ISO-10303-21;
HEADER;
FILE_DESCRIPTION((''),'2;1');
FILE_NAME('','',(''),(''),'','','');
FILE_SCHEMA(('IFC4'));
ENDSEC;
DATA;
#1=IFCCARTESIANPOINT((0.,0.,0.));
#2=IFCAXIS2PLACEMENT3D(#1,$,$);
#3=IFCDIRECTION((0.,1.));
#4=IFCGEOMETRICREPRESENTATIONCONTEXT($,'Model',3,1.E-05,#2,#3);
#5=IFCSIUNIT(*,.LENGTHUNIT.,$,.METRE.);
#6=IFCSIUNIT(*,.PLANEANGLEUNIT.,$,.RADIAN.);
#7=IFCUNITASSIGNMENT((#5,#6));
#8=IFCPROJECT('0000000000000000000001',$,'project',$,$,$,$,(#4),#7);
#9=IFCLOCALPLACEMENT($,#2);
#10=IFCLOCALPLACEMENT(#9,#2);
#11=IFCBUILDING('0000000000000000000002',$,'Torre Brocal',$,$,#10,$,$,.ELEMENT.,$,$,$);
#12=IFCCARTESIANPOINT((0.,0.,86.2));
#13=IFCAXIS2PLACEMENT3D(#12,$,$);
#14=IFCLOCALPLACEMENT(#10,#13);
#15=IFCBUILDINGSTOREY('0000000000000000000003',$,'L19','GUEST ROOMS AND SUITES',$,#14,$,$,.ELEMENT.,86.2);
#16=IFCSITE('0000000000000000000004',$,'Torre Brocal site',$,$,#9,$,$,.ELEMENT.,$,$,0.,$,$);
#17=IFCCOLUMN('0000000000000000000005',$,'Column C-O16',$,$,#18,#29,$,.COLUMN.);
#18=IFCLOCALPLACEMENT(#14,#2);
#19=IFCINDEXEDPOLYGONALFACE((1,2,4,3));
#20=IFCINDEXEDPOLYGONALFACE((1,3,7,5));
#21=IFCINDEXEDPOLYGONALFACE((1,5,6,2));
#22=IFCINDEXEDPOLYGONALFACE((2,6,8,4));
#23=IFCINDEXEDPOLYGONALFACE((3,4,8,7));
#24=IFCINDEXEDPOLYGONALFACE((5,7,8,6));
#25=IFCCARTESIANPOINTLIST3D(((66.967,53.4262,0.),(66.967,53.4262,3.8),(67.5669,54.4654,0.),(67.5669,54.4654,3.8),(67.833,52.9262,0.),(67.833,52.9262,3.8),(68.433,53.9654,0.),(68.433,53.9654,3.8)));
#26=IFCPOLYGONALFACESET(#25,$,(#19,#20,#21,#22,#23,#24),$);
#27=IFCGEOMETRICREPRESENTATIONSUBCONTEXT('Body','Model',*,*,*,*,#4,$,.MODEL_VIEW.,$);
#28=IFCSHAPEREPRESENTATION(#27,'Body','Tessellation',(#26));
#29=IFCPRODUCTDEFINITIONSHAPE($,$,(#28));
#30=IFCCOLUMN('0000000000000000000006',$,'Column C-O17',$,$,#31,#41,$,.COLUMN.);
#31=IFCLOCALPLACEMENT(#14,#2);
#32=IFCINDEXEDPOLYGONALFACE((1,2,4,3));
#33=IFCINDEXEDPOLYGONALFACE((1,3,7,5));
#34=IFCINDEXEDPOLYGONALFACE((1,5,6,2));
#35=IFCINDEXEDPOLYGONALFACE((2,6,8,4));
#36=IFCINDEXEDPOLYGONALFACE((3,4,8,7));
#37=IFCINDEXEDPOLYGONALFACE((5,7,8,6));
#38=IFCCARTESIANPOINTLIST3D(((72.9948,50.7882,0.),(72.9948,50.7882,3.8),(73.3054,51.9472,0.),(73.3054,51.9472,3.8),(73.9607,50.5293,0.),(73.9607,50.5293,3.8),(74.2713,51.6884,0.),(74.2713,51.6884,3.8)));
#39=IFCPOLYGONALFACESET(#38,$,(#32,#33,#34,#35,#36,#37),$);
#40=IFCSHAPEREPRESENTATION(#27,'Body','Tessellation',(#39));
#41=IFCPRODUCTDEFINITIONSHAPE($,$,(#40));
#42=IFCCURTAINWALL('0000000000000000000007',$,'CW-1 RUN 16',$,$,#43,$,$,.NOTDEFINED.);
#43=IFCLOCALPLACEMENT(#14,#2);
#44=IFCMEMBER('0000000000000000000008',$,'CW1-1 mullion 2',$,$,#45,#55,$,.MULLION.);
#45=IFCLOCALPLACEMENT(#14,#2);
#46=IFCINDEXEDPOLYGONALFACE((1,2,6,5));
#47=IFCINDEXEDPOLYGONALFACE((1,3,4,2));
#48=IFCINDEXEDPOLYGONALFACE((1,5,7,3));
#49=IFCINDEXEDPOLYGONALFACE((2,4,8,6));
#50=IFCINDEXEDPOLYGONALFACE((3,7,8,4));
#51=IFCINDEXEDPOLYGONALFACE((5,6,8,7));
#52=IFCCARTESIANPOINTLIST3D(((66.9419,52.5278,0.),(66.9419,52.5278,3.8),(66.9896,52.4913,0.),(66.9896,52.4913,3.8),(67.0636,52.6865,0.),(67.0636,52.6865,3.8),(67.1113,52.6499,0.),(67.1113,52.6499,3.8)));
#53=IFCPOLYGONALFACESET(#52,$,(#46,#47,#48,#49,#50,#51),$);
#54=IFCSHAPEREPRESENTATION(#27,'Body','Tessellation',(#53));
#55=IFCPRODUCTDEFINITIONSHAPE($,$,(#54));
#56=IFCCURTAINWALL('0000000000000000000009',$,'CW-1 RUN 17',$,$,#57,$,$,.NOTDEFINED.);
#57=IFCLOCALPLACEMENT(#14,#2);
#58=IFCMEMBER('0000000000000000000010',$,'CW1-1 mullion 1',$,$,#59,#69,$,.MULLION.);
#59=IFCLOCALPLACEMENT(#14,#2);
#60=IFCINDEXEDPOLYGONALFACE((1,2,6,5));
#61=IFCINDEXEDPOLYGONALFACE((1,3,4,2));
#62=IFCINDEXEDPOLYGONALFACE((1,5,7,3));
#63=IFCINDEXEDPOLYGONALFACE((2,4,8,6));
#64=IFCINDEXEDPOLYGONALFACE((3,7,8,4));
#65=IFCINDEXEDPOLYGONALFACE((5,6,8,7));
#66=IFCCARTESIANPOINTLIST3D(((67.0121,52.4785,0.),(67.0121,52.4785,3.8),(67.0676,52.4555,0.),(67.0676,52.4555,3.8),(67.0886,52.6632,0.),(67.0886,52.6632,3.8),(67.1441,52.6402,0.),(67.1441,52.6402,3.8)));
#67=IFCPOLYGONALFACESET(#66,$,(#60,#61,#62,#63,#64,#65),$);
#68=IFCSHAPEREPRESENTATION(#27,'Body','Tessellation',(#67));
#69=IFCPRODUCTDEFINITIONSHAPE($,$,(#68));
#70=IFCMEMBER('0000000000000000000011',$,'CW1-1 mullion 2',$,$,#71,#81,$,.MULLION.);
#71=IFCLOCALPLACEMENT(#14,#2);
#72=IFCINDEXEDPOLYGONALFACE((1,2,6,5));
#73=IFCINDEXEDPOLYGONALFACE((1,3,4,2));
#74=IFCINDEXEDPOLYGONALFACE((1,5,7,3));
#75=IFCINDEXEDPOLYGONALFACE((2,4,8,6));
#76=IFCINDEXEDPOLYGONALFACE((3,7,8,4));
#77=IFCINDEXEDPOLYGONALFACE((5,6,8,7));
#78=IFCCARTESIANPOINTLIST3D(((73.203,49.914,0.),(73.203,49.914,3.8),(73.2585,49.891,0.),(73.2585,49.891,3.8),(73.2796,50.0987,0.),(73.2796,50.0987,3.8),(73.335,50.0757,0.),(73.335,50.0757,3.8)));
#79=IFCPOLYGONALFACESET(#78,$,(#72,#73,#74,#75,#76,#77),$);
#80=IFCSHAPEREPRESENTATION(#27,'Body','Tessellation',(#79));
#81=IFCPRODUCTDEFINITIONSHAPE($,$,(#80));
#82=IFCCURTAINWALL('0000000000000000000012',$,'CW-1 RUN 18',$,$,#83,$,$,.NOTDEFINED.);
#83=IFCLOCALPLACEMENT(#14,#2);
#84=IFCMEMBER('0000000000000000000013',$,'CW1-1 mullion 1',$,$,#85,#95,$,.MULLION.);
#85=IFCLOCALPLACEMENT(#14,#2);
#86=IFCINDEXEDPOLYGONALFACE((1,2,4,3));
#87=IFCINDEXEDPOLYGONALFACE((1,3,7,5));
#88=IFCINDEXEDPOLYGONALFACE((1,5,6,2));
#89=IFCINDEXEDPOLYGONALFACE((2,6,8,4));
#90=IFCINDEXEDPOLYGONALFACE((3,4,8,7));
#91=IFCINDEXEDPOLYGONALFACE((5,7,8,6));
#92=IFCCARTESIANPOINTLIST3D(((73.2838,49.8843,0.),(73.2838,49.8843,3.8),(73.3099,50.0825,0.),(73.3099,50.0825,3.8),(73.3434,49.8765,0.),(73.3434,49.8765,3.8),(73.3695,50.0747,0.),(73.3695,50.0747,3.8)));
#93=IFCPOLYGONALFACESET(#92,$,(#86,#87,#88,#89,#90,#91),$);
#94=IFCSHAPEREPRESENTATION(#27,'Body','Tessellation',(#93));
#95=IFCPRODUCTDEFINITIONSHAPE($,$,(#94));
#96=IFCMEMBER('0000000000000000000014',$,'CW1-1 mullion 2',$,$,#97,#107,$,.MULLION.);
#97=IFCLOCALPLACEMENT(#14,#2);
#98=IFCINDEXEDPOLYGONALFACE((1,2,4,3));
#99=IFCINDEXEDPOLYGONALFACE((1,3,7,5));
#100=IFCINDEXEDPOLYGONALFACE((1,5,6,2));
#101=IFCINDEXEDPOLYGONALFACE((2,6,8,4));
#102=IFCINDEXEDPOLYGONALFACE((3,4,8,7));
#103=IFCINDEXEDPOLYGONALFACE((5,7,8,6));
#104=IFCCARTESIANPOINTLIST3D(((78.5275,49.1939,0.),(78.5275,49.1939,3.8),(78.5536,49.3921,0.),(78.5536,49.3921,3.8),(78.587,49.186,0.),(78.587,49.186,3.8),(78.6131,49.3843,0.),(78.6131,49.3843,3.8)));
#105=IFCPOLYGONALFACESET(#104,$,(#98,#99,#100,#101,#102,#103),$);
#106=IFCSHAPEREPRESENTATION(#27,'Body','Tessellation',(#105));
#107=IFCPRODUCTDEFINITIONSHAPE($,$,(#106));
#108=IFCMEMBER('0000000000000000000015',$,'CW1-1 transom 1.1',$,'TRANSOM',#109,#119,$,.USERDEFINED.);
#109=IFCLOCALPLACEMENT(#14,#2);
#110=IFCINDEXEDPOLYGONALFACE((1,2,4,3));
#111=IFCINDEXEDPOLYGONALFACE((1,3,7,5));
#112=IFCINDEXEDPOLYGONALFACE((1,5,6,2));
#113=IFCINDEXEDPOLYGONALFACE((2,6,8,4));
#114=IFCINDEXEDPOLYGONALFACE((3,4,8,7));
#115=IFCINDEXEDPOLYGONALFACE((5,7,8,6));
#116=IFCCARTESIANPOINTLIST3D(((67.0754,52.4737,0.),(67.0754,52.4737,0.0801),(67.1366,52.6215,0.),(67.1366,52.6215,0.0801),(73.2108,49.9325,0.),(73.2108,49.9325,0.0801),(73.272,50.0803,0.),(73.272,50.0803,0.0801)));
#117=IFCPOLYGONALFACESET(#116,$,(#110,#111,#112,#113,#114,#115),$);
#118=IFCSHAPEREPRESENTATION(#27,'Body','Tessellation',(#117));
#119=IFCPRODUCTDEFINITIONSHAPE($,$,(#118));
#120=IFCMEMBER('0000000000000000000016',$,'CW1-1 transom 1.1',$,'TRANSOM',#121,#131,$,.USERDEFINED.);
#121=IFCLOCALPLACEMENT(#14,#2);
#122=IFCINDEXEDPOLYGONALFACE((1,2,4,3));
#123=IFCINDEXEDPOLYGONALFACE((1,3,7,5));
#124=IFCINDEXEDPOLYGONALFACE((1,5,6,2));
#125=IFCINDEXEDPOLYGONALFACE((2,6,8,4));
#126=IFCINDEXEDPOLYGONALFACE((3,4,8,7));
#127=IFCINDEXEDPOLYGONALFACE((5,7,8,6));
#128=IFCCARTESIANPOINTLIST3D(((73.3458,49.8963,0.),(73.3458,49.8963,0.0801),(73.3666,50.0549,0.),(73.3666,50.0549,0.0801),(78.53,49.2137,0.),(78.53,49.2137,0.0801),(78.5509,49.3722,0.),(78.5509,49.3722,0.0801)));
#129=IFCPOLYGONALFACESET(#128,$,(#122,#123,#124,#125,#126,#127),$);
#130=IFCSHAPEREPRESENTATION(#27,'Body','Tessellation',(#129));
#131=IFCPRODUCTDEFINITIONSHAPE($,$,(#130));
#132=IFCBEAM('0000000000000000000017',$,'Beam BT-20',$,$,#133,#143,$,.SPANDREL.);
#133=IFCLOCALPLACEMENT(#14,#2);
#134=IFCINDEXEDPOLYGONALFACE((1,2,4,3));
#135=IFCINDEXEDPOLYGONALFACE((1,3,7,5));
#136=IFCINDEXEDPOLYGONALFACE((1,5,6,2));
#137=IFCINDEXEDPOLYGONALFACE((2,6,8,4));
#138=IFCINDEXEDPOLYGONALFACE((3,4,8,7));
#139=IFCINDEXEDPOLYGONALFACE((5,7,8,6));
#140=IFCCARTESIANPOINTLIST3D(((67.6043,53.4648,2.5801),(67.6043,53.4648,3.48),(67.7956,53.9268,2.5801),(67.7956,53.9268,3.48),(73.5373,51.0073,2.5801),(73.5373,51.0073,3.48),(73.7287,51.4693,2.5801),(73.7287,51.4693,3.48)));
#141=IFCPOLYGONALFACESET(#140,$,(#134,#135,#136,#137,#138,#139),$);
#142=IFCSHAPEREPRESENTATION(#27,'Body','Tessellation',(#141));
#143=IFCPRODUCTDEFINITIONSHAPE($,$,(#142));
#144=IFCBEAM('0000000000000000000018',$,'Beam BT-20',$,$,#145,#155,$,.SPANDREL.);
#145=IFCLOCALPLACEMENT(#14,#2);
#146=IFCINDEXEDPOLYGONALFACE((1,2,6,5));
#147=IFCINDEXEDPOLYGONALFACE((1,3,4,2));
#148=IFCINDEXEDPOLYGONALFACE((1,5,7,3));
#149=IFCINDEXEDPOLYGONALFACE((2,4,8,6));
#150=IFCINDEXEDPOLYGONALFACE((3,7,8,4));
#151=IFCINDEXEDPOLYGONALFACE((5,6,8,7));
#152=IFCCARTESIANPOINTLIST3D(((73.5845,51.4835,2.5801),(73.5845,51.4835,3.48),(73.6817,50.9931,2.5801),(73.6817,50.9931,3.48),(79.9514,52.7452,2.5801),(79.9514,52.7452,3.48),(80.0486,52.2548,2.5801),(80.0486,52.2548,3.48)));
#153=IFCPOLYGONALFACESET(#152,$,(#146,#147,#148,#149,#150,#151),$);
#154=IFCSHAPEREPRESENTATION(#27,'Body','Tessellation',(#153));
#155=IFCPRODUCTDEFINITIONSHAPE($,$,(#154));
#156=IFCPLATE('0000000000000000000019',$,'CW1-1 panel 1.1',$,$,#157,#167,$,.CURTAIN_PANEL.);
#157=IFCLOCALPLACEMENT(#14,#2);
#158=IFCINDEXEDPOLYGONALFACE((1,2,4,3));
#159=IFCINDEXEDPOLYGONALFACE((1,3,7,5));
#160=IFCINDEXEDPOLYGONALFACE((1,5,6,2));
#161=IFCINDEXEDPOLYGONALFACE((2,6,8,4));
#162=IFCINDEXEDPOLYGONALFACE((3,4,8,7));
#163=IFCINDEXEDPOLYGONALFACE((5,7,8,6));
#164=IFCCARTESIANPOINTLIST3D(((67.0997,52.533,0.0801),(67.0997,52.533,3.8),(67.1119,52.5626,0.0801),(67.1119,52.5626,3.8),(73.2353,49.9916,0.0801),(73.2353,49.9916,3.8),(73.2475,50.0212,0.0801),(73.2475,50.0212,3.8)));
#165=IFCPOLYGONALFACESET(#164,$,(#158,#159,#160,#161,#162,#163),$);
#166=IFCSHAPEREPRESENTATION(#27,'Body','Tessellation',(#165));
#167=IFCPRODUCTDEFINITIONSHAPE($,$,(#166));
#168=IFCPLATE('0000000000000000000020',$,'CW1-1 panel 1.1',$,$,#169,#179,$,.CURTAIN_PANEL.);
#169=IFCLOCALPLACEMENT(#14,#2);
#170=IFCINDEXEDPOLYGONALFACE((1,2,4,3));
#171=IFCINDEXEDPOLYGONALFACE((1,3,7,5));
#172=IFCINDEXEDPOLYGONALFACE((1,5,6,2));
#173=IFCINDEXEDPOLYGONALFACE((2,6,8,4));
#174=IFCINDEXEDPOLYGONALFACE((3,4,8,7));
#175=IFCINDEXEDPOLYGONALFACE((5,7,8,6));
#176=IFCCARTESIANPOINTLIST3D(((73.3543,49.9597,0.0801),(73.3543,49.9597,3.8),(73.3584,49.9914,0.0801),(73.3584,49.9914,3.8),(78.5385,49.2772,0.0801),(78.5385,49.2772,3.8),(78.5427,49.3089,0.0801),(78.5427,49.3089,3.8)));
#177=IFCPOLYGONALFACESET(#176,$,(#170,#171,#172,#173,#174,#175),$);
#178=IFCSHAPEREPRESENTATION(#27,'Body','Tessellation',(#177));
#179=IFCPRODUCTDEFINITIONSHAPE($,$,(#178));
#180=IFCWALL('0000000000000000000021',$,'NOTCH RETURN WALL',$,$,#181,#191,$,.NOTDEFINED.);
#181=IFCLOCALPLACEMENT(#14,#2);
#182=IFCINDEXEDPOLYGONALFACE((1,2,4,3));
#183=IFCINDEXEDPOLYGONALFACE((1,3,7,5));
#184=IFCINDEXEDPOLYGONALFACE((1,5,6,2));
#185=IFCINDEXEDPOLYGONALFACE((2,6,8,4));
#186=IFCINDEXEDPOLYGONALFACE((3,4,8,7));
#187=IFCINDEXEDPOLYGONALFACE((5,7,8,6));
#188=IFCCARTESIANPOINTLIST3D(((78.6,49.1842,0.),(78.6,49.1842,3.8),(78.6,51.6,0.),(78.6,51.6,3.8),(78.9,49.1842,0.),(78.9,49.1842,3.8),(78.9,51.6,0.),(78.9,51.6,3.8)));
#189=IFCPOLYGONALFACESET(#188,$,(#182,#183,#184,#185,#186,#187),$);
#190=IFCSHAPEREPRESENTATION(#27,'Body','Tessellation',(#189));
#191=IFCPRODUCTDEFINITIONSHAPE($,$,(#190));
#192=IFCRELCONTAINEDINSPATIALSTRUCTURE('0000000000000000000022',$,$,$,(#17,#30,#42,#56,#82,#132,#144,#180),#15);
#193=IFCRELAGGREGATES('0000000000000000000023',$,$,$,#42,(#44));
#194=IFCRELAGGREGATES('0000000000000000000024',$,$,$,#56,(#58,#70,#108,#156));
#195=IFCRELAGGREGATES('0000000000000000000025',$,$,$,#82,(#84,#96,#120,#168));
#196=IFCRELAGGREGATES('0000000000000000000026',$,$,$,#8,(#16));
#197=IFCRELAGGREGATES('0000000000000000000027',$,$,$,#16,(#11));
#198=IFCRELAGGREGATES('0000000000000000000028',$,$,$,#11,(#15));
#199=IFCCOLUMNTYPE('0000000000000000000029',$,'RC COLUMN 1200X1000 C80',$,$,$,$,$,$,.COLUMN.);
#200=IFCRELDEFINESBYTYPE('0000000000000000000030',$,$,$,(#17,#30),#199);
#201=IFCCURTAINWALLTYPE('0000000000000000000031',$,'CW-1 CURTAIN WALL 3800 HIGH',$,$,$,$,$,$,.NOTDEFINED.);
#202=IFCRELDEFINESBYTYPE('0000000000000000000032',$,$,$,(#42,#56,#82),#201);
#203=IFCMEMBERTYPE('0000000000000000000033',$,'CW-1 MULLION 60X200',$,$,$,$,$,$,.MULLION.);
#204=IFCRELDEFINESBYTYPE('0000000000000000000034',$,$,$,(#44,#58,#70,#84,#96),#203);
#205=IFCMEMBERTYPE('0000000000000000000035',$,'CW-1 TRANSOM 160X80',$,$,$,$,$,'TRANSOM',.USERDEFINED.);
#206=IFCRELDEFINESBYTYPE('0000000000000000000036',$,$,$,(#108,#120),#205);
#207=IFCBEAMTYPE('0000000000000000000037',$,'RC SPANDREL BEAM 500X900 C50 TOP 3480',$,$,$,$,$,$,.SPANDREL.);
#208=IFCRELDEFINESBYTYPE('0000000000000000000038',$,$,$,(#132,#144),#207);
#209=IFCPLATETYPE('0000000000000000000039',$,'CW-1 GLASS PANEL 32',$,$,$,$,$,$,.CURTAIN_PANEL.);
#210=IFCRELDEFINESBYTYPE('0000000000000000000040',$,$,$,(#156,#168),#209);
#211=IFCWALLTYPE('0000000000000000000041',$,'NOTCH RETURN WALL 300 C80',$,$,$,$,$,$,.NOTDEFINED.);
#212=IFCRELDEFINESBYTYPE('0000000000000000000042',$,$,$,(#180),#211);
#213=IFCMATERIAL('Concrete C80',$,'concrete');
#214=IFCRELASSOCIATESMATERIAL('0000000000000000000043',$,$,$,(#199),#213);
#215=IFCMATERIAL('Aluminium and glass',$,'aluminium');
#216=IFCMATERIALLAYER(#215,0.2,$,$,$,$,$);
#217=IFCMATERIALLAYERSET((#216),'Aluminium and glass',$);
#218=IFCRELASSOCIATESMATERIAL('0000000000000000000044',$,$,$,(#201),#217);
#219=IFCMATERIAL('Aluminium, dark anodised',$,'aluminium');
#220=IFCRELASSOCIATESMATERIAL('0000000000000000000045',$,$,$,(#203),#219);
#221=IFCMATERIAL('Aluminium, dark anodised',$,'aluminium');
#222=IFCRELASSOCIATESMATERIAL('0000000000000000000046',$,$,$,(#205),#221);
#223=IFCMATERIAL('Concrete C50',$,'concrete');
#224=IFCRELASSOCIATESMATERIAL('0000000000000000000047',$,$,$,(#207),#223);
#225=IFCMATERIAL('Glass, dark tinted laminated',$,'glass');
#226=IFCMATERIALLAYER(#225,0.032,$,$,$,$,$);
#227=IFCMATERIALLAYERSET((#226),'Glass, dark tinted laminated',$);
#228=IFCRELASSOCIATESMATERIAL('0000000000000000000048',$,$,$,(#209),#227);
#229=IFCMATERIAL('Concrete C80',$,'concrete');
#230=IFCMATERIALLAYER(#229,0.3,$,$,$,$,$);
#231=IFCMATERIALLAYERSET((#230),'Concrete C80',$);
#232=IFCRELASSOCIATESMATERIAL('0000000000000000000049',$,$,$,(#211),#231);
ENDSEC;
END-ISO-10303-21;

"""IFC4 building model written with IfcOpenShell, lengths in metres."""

from ifc_helpers import new_model, si_unit, direction, frame, frame_2d, origin, origin_2d, place, context, subcontext, project, spatial, rectangle, extrude, material, layer, layer_set, material_profile, profile_set, type_object, element, aggregate, save


model = new_model("IFC4")

# Units and contexts
model_context = context("Model", 3, precision=1e-05, world=origin(), true_north=direction((0.0, 1.0)))
body_context = subcontext(model_context, "Body", "Model", "MODEL_VIEW")
ifc_project = project(units=[si_unit("LENGTHUNIT", "METRE"), si_unit("PLANEANGLEUNIT", "RADIAN")], contexts=[model_context])

# Site, building, storey
site_placement = place(None, origin())
site = spatial("IfcSite", under=ifc_project, at=site_placement, Name="Torre Brocal site", CompositionType="ELEMENT", RefElevation=0.0)
building_placement = place(site_placement, origin())
building = spatial("IfcBuilding", under=site, at=building_placement, Name="Torre Brocal", CompositionType="ELEMENT")
storey_placement = place(building_placement, frame((0.0, 0.0, 86.2)))
storey = spatial("IfcBuildingStorey", under=building, at=storey_placement, Name="L19", Description="GUEST ROOMS AND SUITES", CompositionType="ELEMENT", Elevation=86.2)

# Columns
ifc_material_1 = material(Name="Concrete C80", Category="concrete")
ifc_material_profile_1 = material_profile(ifc_material_1, rectangle(XDim=1.2, YDim=1.0, at=origin_2d()), Name="RC 1200X1000")
ifc_profile_set_1 = profile_set([ifc_material_profile_1], Name="Concrete C80")
column_type = type_object("IfcColumnType", Name="RC COLUMN 1200X1000 C80", PredefinedType="COLUMN", material=ifc_profile_set_1)
for number, where, z_axis, x_axis, name in (
    (1, (67.7, 53.6958, 0.0), (0.0, 0.0, 1.0), (-0.5, -0.866025, 0.0), "Column C-O16"),
    (2, (73.6331, 51.2383, 0.0), (0.0, 0.0, 1.0), (-0.258819, -0.965926, 0.0), "Column C-O17"),
):
    element("IfcColumn", number, at=place(storey_placement, frame(where, z_axis=z_axis, x_axis=x_axis)), inside=storey, type_object=column_type, Name=name, PredefinedType="COLUMN", context=body_context, shape_type="SweptSolid", body=[
        extrude(rectangle(XDim=1.2, YDim=1.0, at=origin_2d()), origin(), (0.0, 0.0, 1.0), 3.8),
    ])

# Curtain wall, member
ifc_material_2 = material(Name="Aluminium and glass", Category="aluminium")
ifc_layer_1 = layer(ifc_material_2, 0.2)
ifc_layer_set_1 = layer_set([ifc_layer_1], Name="Aluminium and glass")
curtain_wall_type = type_object("IfcCurtainWallType", Name="CW-1 CURTAIN WALL 3800 HIGH", PredefinedType="NOTDEFINED", material=ifc_layer_set_1)
curtain_wall_1_placement = place(storey_placement, origin())
curtain_wall_1 = element("IfcCurtainWall", 3, at=curtain_wall_1_placement, inside=storey, type_object=curtain_wall_type, Name="CW-1 RUN 16", PredefinedType="NOTDEFINED")
ifc_material_3 = material(Name="Aluminium, dark anodised", Category="aluminium")
ifc_material_profile_2 = material_profile(ifc_material_3, rectangle(XDim=0.2, YDim=0.0601, at=origin_2d()), Name="CW-1 MULLION 60X200")
ifc_profile_set_2 = profile_set([ifc_material_profile_2], Name="Aluminium, dark anodised")
member_type_1 = type_object("IfcMemberType", Name="CW-1 MULLION 60X200", PredefinedType="MULLION", material=ifc_profile_set_2)
member_1_placement = place(storey_placement, frame((67.0266, 52.5889, 0.0), z_axis=(0.0, 0.0, 1.0), x_axis=(0.608761, 0.793353, 0.0)))
member_1 = element("IfcMember", 4, at=member_1_placement, type_object=member_type_1, Name="CW1-1 mullion 2", PredefinedType="MULLION", context=body_context, shape_type="SweptSolid", body=[
    extrude(rectangle(XDim=0.2, YDim=0.0601, at=origin_2d()), origin(), (0.0, 0.0, 1.0), 3.8),
])
aggregate(curtain_wall_1, [member_1])

# Curtain walls, members
curtain_wall_2_placement = place(storey_placement, origin())
curtain_wall_2 = element("IfcCurtainWall", 5, at=curtain_wall_2_placement, inside=storey, type_object=curtain_wall_type, Name="CW-1 RUN 17", PredefinedType="NOTDEFINED")
member_2_placement = place(storey_placement, frame((67.0781, 52.5593, 0.0), z_axis=(0.0, 0.0, 1.0), x_axis=(0.382683, 0.92388, 0.0)))
member_2 = element("IfcMember", 6, at=member_2_placement, type_object=member_type_1, Name="CW1-1 mullion 1", PredefinedType="MULLION", context=body_context, shape_type="SweptSolid", body=[
    extrude(rectangle(XDim=0.2, YDim=0.0601, at=origin_2d()), origin(), (0.0, 0.0, 1.0), 3.8),
])
member_3_placement = place(storey_placement, frame((73.269, 49.9949, 0.0), z_axis=(0.0, 0.0, 1.0), x_axis=(0.382683, 0.92388, 0.0)))
member_3 = element("IfcMember", 7, at=member_3_placement, type_object=member_type_1, Name="CW1-1 mullion 2", PredefinedType="MULLION", context=body_context, shape_type="SweptSolid", body=[
    extrude(rectangle(XDim=0.2, YDim=0.0601, at=origin_2d()), origin(), (0.0, 0.0, 1.0), 3.8),
])
curtain_wall_3_placement = place(storey_placement, origin())
curtain_wall_3 = element("IfcCurtainWall", 8, at=curtain_wall_3_placement, inside=storey, type_object=curtain_wall_type, Name="CW-1 RUN 18", PredefinedType="NOTDEFINED")
member_4_placement = place(storey_placement, frame((73.3267, 49.9795, 0.0), z_axis=(0.0, 0.0, 1.0), x_axis=(0.130526, 0.991445, 0.0)))
member_4 = element("IfcMember", 9, at=member_4_placement, type_object=member_type_1, Name="CW1-1 mullion 1", PredefinedType="MULLION", context=body_context, shape_type="SweptSolid", body=[
    extrude(rectangle(XDim=0.2, YDim=0.0601, at=origin_2d()), origin(), (0.0, 0.0, 1.0), 3.8),
])
member_5_placement = place(storey_placement, frame((78.5703, 49.2891, 0.0), z_axis=(0.0, 0.0, 1.0), x_axis=(0.130526, 0.991445, 0.0)))
member_5 = element("IfcMember", 10, at=member_5_placement, type_object=member_type_1, Name="CW1-1 mullion 2", PredefinedType="MULLION", context=body_context, shape_type="SweptSolid", body=[
    extrude(rectangle(XDim=0.2, YDim=0.0601, at=origin_2d()), origin(), (0.0, 0.0, 1.0), 3.8),
])

# Members
ifc_material_4 = material(Name="Aluminium, dark anodised", Category="aluminium")
ifc_material_profile_3 = material_profile(ifc_material_4, rectangle(XDim=0.1599, YDim=0.0801, at=origin_2d()), Name="CW-1 TRANSOM 160X80")
ifc_profile_set_3 = profile_set([ifc_material_profile_3], Name="Aluminium, dark anodised")
member_type_2 = type_object("IfcMemberType", Name="CW-1 TRANSOM 160X80", ElementType="TRANSOM", PredefinedType="USERDEFINED", material=ifc_profile_set_3)
member_6_placement = place(storey_placement, frame((67.106, 52.5476, 0.04), z_axis=(0.923887, -0.382665, 0.0), x_axis=(0.382665, 0.923887, 0.0)))
member_6 = element("IfcMember", 11, at=member_6_placement, type_object=member_type_2, Name="CW1-1 transom 1.1", ObjectType="TRANSOM", PredefinedType="USERDEFINED", context=body_context, shape_type="SweptSolid", body=[
    extrude(rectangle(XDim=0.1599, YDim=0.0801, at=origin_2d()), origin(), (0.0, 0.0, 1.0), 6.6409),
])
member_7_placement = place(storey_placement, frame((73.3562, 49.9756, 0.04), z_axis=(0.991443, -0.130543, 0.0), x_axis=(0.130543, 0.991443, 0.0)))
member_7 = element("IfcMember", 12, at=member_7_placement, type_object=member_type_2, Name="CW1-1 transom 1.1", ObjectType="TRANSOM", PredefinedType="USERDEFINED", context=body_context, shape_type="SweptSolid", body=[
    extrude(rectangle(XDim=0.1599, YDim=0.0801, at=origin_2d()), origin(), (0.0, 0.0, 1.0), 5.229),
])

# Beams
ifc_material_5 = material(Name="Concrete C50", Category="concrete")
ifc_material_profile_4 = material_profile(ifc_material_5, rectangle(XDim=0.5, YDim=0.8999, at=origin_2d()), Name="RC 500X900")
ifc_profile_set_4 = profile_set([ifc_material_profile_4], Name="Concrete C50")
beam_type = type_object("IfcBeamType", Name="RC SPANDREL BEAM 500X900 C50 TOP 3480", PredefinedType="SPANDREL", material=ifc_profile_set_4)
beam_1_placement = place(storey_placement, frame((67.7, 53.6958, 3.03), z_axis=(0.923882, -0.382676, 0.0), x_axis=(0.382676, 0.923882, 0.0)))
element("IfcBeam", 13, at=beam_1_placement, inside=storey, type_object=beam_type, Name="Beam BT-20", PredefinedType="SPANDREL", context=body_context, shape_type="SweptSolid", body=[
    extrude(rectangle(XDim=0.5, YDim=0.8999, at=origin_2d()), origin(), (0.0, 0.0, 1.0), 6.4219),
])
beam_2_placement = place(storey_placement, frame((73.6331, 51.2383, 3.03), z_axis=(0.980925, 0.194387, 0.0), x_axis=(-0.194387, 0.980925, 0.0)))
element("IfcBeam", 14, at=beam_2_placement, inside=storey, type_object=beam_type, Name="Beam BT-20", PredefinedType="SPANDREL", context=body_context, shape_type="SweptSolid", body=[
    extrude(rectangle(XDim=0.5, YDim=0.8999, at=origin_2d()), origin(), (0.0, 0.0, 1.0), 6.4907),
])

# Plates
ifc_material_6 = material(Name="Glass, dark tinted laminated", Category="glass")
ifc_layer_2 = layer(ifc_material_6, 0.032)
ifc_layer_set_2 = layer_set([ifc_layer_2], Name="Glass, dark tinted laminated")
plate_type = type_object("IfcPlateType", Name="CW-1 GLASS PANEL 32", PredefinedType="CURTAIN_PANEL", material=ifc_layer_set_2)
plate_1_placement = place(storey_placement, frame((70.1736, 51.2771, 0.0801), z_axis=(0.0, 0.0, 1.0), x_axis=(0.92388, -0.382683, 0.0)))
plate_1 = element("IfcPlate", 15, at=plate_1_placement, type_object=plate_type, Name="CW1-1 panel 1.1", PredefinedType="CURTAIN_PANEL", context=body_context, shape_type="SweptSolid", body=[
    extrude(rectangle(XDim=6.6411, YDim=0.032, at=origin_2d()), origin(), (0.0, 0.0, 1.0), 3.72),
])
aggregate(curtain_wall_2, [member_2, member_3, member_6, plate_1])
plate_2_placement = place(storey_placement, frame((75.9485, 49.6343, 0.0801), z_axis=(0.0, 0.0, 1.0), x_axis=(0.991445, -0.130526, 0.0)))
plate_2 = element("IfcPlate", 16, at=plate_2_placement, type_object=plate_type, Name="CW1-1 panel 1.1", PredefinedType="CURTAIN_PANEL", context=body_context, shape_type="SweptSolid", body=[
    extrude(rectangle(XDim=5.229, YDim=0.032, at=origin_2d()), origin(), (0.0, 0.0, 1.0), 3.72),
])
aggregate(curtain_wall_3, [member_4, member_5, member_7, plate_2])

# Wall
ifc_material_7 = material(Name="Concrete C80", Category="concrete")
ifc_layer_3 = layer(ifc_material_7, 0.3)
ifc_layer_set_3 = layer_set([ifc_layer_3], Name="Concrete C80")
wall_type_1 = type_object("IfcWallType", Name="NOTCH RETURN WALL 300 C80", PredefinedType="NOTDEFINED", material=ifc_layer_set_3)
wall_1_placement = place(storey_placement, frame((78.75, 51.6001, 0.0), z_axis=(0.0, 0.0, 1.0), x_axis=(0.0, -1.0, 0.0)))
element("IfcWall", 17, at=wall_1_placement, inside=storey, type_object=wall_type_1, Name="NOTCH RETURN WALL", PredefinedType="NOTDEFINED", context=body_context, shape_type="SweptSolid", body=[
    extrude(rectangle(XDim=2.4158, YDim=0.3, at=frame_2d((1.208, 0.0))), origin(), (0.0, 0.0, 1.0), 3.8),
])

save(model, "model.ifc")
